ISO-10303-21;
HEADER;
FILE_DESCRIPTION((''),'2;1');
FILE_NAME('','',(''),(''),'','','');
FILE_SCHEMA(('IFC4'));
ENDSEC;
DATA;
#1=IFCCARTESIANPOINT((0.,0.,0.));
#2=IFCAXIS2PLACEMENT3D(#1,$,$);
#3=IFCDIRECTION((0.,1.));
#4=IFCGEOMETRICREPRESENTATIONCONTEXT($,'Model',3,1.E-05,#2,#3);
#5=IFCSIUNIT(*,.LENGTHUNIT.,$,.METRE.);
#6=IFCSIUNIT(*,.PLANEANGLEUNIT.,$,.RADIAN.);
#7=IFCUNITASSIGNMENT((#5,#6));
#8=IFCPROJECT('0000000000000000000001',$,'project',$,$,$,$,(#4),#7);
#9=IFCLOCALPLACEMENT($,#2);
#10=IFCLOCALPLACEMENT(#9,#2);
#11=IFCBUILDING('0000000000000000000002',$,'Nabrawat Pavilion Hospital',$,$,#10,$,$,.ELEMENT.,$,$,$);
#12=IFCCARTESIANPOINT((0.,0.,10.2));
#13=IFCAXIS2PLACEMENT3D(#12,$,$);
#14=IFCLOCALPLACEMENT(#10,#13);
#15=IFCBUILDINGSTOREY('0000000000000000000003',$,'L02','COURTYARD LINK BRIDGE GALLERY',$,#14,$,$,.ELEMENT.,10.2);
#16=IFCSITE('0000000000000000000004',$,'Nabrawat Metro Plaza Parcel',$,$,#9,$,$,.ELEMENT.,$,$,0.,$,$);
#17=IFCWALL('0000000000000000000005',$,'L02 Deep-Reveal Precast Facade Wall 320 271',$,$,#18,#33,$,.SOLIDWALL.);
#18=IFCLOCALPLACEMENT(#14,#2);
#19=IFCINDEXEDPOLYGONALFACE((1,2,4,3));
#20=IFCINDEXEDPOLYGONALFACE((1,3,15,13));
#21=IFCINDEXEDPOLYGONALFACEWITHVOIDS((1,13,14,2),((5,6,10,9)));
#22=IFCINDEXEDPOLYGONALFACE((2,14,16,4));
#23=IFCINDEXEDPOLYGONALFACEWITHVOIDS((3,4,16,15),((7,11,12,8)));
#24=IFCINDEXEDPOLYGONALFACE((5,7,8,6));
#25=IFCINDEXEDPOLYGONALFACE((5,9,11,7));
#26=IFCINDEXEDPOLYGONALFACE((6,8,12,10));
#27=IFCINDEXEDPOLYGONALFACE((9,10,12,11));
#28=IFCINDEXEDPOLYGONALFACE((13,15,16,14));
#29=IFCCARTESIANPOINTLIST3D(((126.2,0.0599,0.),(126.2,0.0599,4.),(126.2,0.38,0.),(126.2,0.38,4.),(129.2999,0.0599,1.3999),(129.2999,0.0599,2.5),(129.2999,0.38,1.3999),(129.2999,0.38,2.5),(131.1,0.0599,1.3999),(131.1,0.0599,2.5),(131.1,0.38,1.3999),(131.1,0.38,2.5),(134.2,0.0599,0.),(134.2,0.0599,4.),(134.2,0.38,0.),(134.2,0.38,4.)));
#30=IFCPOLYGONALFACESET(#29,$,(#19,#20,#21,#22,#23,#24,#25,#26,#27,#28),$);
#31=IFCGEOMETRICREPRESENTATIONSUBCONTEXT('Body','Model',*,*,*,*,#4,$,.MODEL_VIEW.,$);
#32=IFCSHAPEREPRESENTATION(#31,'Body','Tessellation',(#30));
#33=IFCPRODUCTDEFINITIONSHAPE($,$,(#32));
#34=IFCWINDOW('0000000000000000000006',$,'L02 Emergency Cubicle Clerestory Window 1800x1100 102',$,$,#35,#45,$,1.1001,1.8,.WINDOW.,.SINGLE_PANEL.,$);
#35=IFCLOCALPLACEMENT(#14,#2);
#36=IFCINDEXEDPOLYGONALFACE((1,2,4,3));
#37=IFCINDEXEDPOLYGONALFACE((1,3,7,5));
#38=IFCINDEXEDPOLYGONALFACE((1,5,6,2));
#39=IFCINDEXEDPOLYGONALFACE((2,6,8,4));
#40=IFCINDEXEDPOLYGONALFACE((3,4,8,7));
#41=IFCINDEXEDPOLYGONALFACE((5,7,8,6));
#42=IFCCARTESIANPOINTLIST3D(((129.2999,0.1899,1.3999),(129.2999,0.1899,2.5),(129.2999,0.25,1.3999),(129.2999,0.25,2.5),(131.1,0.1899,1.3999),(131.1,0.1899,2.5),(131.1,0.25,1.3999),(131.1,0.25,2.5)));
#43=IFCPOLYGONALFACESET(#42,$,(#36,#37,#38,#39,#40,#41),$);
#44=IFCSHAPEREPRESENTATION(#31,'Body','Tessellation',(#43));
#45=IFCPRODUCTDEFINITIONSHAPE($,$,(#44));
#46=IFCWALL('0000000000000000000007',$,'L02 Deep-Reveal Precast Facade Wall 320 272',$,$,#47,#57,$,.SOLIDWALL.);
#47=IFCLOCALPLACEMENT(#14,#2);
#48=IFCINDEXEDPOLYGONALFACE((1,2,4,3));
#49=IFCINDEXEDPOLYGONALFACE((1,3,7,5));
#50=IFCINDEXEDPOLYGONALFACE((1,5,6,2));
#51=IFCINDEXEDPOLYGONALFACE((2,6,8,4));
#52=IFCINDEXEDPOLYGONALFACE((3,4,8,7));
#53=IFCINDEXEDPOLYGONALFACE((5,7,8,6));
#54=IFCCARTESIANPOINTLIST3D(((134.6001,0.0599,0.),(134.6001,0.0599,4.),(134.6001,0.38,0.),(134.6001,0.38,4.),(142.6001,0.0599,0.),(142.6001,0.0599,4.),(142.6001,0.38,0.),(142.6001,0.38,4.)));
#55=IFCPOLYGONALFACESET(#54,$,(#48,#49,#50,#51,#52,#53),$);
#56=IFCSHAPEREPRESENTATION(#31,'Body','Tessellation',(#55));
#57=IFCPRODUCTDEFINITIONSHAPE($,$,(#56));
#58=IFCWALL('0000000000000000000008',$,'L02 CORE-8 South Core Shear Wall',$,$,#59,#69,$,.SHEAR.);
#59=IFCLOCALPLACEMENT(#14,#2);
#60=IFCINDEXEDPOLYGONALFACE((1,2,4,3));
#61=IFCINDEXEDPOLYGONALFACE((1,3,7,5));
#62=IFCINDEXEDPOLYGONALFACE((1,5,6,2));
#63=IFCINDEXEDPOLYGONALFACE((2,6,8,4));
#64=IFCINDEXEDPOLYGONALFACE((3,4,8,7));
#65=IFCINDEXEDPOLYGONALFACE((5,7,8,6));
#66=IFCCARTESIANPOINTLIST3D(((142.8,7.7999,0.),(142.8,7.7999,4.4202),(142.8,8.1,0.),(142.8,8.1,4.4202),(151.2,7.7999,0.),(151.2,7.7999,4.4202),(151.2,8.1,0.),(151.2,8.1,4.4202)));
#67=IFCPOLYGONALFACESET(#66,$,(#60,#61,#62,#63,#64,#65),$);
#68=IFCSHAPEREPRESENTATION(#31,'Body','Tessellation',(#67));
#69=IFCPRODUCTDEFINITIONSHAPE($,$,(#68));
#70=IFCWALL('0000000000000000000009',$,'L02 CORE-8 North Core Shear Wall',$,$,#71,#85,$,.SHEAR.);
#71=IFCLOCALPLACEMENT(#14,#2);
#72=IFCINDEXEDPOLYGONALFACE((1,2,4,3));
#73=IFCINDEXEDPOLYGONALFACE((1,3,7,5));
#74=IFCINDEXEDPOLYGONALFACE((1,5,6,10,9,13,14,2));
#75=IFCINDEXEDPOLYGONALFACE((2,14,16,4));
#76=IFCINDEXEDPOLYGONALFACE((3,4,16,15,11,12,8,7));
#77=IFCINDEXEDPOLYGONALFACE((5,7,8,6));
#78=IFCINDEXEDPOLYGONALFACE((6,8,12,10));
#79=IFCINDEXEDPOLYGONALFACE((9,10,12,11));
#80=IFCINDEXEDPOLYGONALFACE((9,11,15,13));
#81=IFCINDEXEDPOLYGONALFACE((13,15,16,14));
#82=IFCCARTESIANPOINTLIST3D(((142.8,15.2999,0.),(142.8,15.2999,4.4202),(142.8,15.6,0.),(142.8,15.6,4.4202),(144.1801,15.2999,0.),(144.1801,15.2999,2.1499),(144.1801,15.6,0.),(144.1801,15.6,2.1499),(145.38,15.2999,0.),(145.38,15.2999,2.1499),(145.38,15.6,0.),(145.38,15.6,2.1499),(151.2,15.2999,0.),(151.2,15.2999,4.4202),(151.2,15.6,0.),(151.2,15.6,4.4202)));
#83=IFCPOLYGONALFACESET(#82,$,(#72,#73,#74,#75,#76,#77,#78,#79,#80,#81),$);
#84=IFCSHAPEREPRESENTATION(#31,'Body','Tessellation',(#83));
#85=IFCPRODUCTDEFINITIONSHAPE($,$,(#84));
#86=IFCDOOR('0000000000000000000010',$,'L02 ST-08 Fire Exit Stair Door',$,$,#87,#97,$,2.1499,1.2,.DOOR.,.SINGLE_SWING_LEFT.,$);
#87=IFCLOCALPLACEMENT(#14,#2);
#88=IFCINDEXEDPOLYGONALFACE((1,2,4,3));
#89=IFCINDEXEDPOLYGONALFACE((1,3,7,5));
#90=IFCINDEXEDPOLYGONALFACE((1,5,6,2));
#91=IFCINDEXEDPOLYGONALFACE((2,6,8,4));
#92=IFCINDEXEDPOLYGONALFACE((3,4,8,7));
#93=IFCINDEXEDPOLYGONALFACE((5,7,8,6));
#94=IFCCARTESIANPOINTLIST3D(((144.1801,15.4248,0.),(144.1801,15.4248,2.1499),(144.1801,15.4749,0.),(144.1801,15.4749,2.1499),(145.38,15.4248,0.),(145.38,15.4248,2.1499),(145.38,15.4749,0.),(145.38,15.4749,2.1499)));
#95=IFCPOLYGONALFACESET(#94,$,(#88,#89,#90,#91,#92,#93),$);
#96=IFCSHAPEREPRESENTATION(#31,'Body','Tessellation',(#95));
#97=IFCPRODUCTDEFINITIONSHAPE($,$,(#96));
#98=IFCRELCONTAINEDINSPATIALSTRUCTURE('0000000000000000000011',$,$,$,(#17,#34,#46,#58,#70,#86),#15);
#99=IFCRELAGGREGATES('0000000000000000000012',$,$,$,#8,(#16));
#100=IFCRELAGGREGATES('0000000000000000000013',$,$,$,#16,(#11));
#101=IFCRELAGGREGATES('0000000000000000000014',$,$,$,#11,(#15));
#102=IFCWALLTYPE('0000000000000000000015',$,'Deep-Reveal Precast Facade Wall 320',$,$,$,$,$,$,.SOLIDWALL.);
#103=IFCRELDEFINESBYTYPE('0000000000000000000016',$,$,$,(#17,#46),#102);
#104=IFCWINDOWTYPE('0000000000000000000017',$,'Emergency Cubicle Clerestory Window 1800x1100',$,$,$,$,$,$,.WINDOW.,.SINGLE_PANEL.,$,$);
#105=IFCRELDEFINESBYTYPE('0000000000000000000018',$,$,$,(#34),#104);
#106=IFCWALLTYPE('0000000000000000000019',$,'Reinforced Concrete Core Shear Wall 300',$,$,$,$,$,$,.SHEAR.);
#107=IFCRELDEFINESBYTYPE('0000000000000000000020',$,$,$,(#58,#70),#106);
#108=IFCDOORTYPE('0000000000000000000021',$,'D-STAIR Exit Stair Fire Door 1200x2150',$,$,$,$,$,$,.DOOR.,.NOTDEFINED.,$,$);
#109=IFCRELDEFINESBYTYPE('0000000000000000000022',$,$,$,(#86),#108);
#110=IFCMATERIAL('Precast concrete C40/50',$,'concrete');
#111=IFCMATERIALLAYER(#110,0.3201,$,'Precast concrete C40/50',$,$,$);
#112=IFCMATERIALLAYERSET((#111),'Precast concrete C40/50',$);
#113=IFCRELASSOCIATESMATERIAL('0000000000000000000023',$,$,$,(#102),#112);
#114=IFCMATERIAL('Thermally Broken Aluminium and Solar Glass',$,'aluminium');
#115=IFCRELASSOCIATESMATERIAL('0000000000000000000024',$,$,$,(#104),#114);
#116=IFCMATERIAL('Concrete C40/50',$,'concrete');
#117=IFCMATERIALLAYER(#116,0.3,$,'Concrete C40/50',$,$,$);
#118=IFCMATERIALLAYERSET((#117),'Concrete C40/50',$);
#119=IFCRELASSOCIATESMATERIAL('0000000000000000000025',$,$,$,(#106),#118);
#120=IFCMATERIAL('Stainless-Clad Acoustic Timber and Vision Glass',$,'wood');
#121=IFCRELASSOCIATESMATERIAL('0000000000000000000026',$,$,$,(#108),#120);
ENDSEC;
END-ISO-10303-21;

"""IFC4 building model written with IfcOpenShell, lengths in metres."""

from ifc_helpers import new_model, si_unit, direction, frame, frame_2d, origin, place, context, subcontext, project, spatial, rectangle, extrude, material, layer, layer_set, type_object, element, fill, save


model = new_model("IFC4")

# Units and contexts
model_context = context("Model", 3, precision=1e-05, world=origin(), true_north=direction((0.0, 1.0)))
body_context = subcontext(model_context, "Body", "Model", "MODEL_VIEW")
ifc_project = project(units=[si_unit("LENGTHUNIT", "METRE"), si_unit("PLANEANGLEUNIT", "RADIAN")], contexts=[model_context])

# Site, building, storey
site_placement = place(None, origin())
site = spatial("IfcSite", under=ifc_project, at=site_placement, Name="Nabrawat Metro Plaza Parcel", CompositionType="ELEMENT", RefElevation=0.0)
building_placement = place(site_placement, origin())
building = spatial("IfcBuilding", under=site, at=building_placement, Name="Nabrawat Pavilion Hospital", CompositionType="ELEMENT")
storey_placement = place(building_placement, frame((0.0, 0.0, 10.2)))
storey = spatial("IfcBuildingStorey", under=building, at=storey_placement, Name="L02", Description="COURTYARD LINK BRIDGE GALLERY", CompositionType="ELEMENT", Elevation=10.2)

# Shared definitions
ifc_material_1 = material(Name="Precast concrete C40/50", Category="concrete")
ifc_layer_1 = layer(ifc_material_1, 0.3201, Name="Precast concrete C40/50")
ifc_layer_set_1 = layer_set([ifc_layer_1], Name="Precast concrete C40/50")
wall_type_1 = type_object("IfcWallType", Name="Deep-Reveal Precast Facade Wall 320", PredefinedType="SOLIDWALL", material=ifc_layer_set_1)
ifc_material_2 = material(Name="Thermally Broken Aluminium and Solar Glass", Category="aluminium")

# Wall, opening, window
wall_1_placement = place(storey_placement, frame((126.2, 0.22, 0.0), z_axis=(0.0, 0.0, 1.0), x_axis=(1.0, 0.0, 0.0)))
wall_1 = element("IfcWall", 1, at=wall_1_placement, inside=storey, type_object=wall_type_1, Name="L02 Deep-Reveal Precast Facade Wall 320 271", PredefinedType="SOLIDWALL", context=body_context, shape_type="SweptSolid", body=[
    extrude(rectangle(XDim=8.0, YDim=0.3201, at=frame_2d((4.0, 0.0))), origin(), (0.0, 0.0, 1.0), 4.0),
])
opening_1_placement = place(wall_1_placement, frame((3.1001, 0.0, 1.3999)))
opening_1 = element("IfcOpeningElement", 2, at=opening_1_placement, cuts=wall_1, PredefinedType="OPENING", context=body_context, shape_type="SweptSolid", body=[
    extrude(rectangle(XDim=1.8, YDim=1.1001, at=frame_2d((0.8999, 0.55))), frame((0.0, 0.1699, 0.0), z_axis=(0.0, -1.0, 0.0), x_axis=(1.0, 0.0, 0.0)), (0.0, 0.0, 1.0), 0.3401),
])
window_type_1 = type_object("IfcWindowType", Name="Emergency Cubicle Clerestory Window 1800x1100", PartitioningType="SINGLE_PANEL", PredefinedType="WINDOW", material=ifc_material_2)
window_1_placement = place(opening_1_placement, origin())
window_1 = element("IfcWindow", 3, at=window_1_placement, inside=storey, type_object=window_type_1, Name="L02 Emergency Cubicle Clerestory Window 1800x1100 102", OverallHeight=1.1001, OverallWidth=1.8, PartitioningType="SINGLE_PANEL", PredefinedType="WINDOW", context=body_context, shape_type="SweptSolid", body=[
    extrude(rectangle(XDim=1.8, YDim=1.1001, at=frame_2d((0.8999, 0.55))), frame((0.0, 0.03, 0.0), z_axis=(0.0, -1.0, 0.0), x_axis=(1.0, 0.0, 0.0)), (0.0, 0.0, 1.0), 0.0601),
])
fill(opening_1, window_1)

# Walls
wall_2_placement = place(storey_placement, frame((134.6001, 0.22, 0.0), z_axis=(0.0, 0.0, 1.0), x_axis=(1.0, 0.0, 0.0)))
element("IfcWall", 4, at=wall_2_placement, inside=storey, type_object=wall_type_1, Name="L02 Deep-Reveal Precast Facade Wall 320 272", PredefinedType="SOLIDWALL", context=body_context, shape_type="SweptSolid", body=[
    extrude(rectangle(XDim=8.0, YDim=0.3201, at=frame_2d((4.0, 0.0))), origin(), (0.0, 0.0, 1.0), 4.0),
])
ifc_material_3 = material(Name="Concrete C40/50", Category="concrete")
ifc_layer_2 = layer(ifc_material_3, 0.3, Name="Concrete C40/50")
ifc_layer_set_2 = layer_set([ifc_layer_2], Name="Concrete C40/50")
wall_type_2 = type_object("IfcWallType", Name="Reinforced Concrete Core Shear Wall 300", PredefinedType="SHEAR", material=ifc_layer_set_2)
wall_3_placement = place(storey_placement, frame((142.8, 7.95, 0.0), z_axis=(0.0, 0.0, 1.0), x_axis=(1.0, 0.0, 0.0)))
element("IfcWall", 5, at=wall_3_placement, inside=storey, type_object=wall_type_2, Name="L02 CORE-8 South Core Shear Wall", PredefinedType="SHEAR", context=body_context, shape_type="SweptSolid", body=[
    extrude(rectangle(XDim=8.3999, YDim=0.3, at=frame_2d((4.2, 0.0))), origin(), (0.0, 0.0, 1.0), 4.4202),
])

# Wall, opening, door
wall_4_placement = place(storey_placement, frame((142.8, 15.45, 0.0), z_axis=(0.0, 0.0, 1.0), x_axis=(1.0, 0.0, 0.0)))
wall_4 = element("IfcWall", 6, at=wall_4_placement, inside=storey, type_object=wall_type_2, Name="L02 CORE-8 North Core Shear Wall", PredefinedType="SHEAR", context=body_context, shape_type="SweptSolid", body=[
    extrude(rectangle(XDim=8.3999, YDim=0.3, at=frame_2d((4.2, 0.0))), origin(), (0.0, 0.0, 1.0), 4.4202),
])
opening_2_placement = place(wall_4_placement, frame((1.3799, 0.0, 0.0)))
opening_2 = element("IfcOpeningElement", 7, at=opening_2_placement, cuts=wall_4, PredefinedType="OPENING", context=body_context, shape_type="SweptSolid", body=[
    extrude(rectangle(XDim=1.2, YDim=2.1499, at=frame_2d((0.6001, 1.075))), frame((0.0, 0.1602, 0.0), z_axis=(0.0, -1.0, 0.0), x_axis=(1.0, 0.0, 0.0)), (0.0, 0.0, 1.0), 0.3201),
])
ifc_material_4 = material(Name="Stainless-Clad Acoustic Timber and Vision Glass", Category="wood")
door_type = type_object("IfcDoorType", Name="D-STAIR Exit Stair Fire Door 1200x2150", OperationType="NOTDEFINED", PredefinedType="DOOR", material=ifc_material_4)
door_placement = place(opening_2_placement, origin())
door = element("IfcDoor", 8, at=door_placement, inside=storey, type_object=door_type, Name="L02 ST-08 Fire Exit Stair Door", OperationType="SINGLE_SWING_LEFT", OverallHeight=2.1499, OverallWidth=1.2, PredefinedType="DOOR", context=body_context, shape_type="SweptSolid", body=[
    extrude(rectangle(XDim=1.2, YDim=2.1499, at=frame_2d((0.6001, 1.075))), frame((0.0, 0.0249, 0.0), z_axis=(0.0, -1.0, 0.0), x_axis=(1.0, 0.0, 0.0)), (0.0, 0.0, 1.0), 0.05),
])
fill(opening_2, door)

save(model, "model.ifc")
